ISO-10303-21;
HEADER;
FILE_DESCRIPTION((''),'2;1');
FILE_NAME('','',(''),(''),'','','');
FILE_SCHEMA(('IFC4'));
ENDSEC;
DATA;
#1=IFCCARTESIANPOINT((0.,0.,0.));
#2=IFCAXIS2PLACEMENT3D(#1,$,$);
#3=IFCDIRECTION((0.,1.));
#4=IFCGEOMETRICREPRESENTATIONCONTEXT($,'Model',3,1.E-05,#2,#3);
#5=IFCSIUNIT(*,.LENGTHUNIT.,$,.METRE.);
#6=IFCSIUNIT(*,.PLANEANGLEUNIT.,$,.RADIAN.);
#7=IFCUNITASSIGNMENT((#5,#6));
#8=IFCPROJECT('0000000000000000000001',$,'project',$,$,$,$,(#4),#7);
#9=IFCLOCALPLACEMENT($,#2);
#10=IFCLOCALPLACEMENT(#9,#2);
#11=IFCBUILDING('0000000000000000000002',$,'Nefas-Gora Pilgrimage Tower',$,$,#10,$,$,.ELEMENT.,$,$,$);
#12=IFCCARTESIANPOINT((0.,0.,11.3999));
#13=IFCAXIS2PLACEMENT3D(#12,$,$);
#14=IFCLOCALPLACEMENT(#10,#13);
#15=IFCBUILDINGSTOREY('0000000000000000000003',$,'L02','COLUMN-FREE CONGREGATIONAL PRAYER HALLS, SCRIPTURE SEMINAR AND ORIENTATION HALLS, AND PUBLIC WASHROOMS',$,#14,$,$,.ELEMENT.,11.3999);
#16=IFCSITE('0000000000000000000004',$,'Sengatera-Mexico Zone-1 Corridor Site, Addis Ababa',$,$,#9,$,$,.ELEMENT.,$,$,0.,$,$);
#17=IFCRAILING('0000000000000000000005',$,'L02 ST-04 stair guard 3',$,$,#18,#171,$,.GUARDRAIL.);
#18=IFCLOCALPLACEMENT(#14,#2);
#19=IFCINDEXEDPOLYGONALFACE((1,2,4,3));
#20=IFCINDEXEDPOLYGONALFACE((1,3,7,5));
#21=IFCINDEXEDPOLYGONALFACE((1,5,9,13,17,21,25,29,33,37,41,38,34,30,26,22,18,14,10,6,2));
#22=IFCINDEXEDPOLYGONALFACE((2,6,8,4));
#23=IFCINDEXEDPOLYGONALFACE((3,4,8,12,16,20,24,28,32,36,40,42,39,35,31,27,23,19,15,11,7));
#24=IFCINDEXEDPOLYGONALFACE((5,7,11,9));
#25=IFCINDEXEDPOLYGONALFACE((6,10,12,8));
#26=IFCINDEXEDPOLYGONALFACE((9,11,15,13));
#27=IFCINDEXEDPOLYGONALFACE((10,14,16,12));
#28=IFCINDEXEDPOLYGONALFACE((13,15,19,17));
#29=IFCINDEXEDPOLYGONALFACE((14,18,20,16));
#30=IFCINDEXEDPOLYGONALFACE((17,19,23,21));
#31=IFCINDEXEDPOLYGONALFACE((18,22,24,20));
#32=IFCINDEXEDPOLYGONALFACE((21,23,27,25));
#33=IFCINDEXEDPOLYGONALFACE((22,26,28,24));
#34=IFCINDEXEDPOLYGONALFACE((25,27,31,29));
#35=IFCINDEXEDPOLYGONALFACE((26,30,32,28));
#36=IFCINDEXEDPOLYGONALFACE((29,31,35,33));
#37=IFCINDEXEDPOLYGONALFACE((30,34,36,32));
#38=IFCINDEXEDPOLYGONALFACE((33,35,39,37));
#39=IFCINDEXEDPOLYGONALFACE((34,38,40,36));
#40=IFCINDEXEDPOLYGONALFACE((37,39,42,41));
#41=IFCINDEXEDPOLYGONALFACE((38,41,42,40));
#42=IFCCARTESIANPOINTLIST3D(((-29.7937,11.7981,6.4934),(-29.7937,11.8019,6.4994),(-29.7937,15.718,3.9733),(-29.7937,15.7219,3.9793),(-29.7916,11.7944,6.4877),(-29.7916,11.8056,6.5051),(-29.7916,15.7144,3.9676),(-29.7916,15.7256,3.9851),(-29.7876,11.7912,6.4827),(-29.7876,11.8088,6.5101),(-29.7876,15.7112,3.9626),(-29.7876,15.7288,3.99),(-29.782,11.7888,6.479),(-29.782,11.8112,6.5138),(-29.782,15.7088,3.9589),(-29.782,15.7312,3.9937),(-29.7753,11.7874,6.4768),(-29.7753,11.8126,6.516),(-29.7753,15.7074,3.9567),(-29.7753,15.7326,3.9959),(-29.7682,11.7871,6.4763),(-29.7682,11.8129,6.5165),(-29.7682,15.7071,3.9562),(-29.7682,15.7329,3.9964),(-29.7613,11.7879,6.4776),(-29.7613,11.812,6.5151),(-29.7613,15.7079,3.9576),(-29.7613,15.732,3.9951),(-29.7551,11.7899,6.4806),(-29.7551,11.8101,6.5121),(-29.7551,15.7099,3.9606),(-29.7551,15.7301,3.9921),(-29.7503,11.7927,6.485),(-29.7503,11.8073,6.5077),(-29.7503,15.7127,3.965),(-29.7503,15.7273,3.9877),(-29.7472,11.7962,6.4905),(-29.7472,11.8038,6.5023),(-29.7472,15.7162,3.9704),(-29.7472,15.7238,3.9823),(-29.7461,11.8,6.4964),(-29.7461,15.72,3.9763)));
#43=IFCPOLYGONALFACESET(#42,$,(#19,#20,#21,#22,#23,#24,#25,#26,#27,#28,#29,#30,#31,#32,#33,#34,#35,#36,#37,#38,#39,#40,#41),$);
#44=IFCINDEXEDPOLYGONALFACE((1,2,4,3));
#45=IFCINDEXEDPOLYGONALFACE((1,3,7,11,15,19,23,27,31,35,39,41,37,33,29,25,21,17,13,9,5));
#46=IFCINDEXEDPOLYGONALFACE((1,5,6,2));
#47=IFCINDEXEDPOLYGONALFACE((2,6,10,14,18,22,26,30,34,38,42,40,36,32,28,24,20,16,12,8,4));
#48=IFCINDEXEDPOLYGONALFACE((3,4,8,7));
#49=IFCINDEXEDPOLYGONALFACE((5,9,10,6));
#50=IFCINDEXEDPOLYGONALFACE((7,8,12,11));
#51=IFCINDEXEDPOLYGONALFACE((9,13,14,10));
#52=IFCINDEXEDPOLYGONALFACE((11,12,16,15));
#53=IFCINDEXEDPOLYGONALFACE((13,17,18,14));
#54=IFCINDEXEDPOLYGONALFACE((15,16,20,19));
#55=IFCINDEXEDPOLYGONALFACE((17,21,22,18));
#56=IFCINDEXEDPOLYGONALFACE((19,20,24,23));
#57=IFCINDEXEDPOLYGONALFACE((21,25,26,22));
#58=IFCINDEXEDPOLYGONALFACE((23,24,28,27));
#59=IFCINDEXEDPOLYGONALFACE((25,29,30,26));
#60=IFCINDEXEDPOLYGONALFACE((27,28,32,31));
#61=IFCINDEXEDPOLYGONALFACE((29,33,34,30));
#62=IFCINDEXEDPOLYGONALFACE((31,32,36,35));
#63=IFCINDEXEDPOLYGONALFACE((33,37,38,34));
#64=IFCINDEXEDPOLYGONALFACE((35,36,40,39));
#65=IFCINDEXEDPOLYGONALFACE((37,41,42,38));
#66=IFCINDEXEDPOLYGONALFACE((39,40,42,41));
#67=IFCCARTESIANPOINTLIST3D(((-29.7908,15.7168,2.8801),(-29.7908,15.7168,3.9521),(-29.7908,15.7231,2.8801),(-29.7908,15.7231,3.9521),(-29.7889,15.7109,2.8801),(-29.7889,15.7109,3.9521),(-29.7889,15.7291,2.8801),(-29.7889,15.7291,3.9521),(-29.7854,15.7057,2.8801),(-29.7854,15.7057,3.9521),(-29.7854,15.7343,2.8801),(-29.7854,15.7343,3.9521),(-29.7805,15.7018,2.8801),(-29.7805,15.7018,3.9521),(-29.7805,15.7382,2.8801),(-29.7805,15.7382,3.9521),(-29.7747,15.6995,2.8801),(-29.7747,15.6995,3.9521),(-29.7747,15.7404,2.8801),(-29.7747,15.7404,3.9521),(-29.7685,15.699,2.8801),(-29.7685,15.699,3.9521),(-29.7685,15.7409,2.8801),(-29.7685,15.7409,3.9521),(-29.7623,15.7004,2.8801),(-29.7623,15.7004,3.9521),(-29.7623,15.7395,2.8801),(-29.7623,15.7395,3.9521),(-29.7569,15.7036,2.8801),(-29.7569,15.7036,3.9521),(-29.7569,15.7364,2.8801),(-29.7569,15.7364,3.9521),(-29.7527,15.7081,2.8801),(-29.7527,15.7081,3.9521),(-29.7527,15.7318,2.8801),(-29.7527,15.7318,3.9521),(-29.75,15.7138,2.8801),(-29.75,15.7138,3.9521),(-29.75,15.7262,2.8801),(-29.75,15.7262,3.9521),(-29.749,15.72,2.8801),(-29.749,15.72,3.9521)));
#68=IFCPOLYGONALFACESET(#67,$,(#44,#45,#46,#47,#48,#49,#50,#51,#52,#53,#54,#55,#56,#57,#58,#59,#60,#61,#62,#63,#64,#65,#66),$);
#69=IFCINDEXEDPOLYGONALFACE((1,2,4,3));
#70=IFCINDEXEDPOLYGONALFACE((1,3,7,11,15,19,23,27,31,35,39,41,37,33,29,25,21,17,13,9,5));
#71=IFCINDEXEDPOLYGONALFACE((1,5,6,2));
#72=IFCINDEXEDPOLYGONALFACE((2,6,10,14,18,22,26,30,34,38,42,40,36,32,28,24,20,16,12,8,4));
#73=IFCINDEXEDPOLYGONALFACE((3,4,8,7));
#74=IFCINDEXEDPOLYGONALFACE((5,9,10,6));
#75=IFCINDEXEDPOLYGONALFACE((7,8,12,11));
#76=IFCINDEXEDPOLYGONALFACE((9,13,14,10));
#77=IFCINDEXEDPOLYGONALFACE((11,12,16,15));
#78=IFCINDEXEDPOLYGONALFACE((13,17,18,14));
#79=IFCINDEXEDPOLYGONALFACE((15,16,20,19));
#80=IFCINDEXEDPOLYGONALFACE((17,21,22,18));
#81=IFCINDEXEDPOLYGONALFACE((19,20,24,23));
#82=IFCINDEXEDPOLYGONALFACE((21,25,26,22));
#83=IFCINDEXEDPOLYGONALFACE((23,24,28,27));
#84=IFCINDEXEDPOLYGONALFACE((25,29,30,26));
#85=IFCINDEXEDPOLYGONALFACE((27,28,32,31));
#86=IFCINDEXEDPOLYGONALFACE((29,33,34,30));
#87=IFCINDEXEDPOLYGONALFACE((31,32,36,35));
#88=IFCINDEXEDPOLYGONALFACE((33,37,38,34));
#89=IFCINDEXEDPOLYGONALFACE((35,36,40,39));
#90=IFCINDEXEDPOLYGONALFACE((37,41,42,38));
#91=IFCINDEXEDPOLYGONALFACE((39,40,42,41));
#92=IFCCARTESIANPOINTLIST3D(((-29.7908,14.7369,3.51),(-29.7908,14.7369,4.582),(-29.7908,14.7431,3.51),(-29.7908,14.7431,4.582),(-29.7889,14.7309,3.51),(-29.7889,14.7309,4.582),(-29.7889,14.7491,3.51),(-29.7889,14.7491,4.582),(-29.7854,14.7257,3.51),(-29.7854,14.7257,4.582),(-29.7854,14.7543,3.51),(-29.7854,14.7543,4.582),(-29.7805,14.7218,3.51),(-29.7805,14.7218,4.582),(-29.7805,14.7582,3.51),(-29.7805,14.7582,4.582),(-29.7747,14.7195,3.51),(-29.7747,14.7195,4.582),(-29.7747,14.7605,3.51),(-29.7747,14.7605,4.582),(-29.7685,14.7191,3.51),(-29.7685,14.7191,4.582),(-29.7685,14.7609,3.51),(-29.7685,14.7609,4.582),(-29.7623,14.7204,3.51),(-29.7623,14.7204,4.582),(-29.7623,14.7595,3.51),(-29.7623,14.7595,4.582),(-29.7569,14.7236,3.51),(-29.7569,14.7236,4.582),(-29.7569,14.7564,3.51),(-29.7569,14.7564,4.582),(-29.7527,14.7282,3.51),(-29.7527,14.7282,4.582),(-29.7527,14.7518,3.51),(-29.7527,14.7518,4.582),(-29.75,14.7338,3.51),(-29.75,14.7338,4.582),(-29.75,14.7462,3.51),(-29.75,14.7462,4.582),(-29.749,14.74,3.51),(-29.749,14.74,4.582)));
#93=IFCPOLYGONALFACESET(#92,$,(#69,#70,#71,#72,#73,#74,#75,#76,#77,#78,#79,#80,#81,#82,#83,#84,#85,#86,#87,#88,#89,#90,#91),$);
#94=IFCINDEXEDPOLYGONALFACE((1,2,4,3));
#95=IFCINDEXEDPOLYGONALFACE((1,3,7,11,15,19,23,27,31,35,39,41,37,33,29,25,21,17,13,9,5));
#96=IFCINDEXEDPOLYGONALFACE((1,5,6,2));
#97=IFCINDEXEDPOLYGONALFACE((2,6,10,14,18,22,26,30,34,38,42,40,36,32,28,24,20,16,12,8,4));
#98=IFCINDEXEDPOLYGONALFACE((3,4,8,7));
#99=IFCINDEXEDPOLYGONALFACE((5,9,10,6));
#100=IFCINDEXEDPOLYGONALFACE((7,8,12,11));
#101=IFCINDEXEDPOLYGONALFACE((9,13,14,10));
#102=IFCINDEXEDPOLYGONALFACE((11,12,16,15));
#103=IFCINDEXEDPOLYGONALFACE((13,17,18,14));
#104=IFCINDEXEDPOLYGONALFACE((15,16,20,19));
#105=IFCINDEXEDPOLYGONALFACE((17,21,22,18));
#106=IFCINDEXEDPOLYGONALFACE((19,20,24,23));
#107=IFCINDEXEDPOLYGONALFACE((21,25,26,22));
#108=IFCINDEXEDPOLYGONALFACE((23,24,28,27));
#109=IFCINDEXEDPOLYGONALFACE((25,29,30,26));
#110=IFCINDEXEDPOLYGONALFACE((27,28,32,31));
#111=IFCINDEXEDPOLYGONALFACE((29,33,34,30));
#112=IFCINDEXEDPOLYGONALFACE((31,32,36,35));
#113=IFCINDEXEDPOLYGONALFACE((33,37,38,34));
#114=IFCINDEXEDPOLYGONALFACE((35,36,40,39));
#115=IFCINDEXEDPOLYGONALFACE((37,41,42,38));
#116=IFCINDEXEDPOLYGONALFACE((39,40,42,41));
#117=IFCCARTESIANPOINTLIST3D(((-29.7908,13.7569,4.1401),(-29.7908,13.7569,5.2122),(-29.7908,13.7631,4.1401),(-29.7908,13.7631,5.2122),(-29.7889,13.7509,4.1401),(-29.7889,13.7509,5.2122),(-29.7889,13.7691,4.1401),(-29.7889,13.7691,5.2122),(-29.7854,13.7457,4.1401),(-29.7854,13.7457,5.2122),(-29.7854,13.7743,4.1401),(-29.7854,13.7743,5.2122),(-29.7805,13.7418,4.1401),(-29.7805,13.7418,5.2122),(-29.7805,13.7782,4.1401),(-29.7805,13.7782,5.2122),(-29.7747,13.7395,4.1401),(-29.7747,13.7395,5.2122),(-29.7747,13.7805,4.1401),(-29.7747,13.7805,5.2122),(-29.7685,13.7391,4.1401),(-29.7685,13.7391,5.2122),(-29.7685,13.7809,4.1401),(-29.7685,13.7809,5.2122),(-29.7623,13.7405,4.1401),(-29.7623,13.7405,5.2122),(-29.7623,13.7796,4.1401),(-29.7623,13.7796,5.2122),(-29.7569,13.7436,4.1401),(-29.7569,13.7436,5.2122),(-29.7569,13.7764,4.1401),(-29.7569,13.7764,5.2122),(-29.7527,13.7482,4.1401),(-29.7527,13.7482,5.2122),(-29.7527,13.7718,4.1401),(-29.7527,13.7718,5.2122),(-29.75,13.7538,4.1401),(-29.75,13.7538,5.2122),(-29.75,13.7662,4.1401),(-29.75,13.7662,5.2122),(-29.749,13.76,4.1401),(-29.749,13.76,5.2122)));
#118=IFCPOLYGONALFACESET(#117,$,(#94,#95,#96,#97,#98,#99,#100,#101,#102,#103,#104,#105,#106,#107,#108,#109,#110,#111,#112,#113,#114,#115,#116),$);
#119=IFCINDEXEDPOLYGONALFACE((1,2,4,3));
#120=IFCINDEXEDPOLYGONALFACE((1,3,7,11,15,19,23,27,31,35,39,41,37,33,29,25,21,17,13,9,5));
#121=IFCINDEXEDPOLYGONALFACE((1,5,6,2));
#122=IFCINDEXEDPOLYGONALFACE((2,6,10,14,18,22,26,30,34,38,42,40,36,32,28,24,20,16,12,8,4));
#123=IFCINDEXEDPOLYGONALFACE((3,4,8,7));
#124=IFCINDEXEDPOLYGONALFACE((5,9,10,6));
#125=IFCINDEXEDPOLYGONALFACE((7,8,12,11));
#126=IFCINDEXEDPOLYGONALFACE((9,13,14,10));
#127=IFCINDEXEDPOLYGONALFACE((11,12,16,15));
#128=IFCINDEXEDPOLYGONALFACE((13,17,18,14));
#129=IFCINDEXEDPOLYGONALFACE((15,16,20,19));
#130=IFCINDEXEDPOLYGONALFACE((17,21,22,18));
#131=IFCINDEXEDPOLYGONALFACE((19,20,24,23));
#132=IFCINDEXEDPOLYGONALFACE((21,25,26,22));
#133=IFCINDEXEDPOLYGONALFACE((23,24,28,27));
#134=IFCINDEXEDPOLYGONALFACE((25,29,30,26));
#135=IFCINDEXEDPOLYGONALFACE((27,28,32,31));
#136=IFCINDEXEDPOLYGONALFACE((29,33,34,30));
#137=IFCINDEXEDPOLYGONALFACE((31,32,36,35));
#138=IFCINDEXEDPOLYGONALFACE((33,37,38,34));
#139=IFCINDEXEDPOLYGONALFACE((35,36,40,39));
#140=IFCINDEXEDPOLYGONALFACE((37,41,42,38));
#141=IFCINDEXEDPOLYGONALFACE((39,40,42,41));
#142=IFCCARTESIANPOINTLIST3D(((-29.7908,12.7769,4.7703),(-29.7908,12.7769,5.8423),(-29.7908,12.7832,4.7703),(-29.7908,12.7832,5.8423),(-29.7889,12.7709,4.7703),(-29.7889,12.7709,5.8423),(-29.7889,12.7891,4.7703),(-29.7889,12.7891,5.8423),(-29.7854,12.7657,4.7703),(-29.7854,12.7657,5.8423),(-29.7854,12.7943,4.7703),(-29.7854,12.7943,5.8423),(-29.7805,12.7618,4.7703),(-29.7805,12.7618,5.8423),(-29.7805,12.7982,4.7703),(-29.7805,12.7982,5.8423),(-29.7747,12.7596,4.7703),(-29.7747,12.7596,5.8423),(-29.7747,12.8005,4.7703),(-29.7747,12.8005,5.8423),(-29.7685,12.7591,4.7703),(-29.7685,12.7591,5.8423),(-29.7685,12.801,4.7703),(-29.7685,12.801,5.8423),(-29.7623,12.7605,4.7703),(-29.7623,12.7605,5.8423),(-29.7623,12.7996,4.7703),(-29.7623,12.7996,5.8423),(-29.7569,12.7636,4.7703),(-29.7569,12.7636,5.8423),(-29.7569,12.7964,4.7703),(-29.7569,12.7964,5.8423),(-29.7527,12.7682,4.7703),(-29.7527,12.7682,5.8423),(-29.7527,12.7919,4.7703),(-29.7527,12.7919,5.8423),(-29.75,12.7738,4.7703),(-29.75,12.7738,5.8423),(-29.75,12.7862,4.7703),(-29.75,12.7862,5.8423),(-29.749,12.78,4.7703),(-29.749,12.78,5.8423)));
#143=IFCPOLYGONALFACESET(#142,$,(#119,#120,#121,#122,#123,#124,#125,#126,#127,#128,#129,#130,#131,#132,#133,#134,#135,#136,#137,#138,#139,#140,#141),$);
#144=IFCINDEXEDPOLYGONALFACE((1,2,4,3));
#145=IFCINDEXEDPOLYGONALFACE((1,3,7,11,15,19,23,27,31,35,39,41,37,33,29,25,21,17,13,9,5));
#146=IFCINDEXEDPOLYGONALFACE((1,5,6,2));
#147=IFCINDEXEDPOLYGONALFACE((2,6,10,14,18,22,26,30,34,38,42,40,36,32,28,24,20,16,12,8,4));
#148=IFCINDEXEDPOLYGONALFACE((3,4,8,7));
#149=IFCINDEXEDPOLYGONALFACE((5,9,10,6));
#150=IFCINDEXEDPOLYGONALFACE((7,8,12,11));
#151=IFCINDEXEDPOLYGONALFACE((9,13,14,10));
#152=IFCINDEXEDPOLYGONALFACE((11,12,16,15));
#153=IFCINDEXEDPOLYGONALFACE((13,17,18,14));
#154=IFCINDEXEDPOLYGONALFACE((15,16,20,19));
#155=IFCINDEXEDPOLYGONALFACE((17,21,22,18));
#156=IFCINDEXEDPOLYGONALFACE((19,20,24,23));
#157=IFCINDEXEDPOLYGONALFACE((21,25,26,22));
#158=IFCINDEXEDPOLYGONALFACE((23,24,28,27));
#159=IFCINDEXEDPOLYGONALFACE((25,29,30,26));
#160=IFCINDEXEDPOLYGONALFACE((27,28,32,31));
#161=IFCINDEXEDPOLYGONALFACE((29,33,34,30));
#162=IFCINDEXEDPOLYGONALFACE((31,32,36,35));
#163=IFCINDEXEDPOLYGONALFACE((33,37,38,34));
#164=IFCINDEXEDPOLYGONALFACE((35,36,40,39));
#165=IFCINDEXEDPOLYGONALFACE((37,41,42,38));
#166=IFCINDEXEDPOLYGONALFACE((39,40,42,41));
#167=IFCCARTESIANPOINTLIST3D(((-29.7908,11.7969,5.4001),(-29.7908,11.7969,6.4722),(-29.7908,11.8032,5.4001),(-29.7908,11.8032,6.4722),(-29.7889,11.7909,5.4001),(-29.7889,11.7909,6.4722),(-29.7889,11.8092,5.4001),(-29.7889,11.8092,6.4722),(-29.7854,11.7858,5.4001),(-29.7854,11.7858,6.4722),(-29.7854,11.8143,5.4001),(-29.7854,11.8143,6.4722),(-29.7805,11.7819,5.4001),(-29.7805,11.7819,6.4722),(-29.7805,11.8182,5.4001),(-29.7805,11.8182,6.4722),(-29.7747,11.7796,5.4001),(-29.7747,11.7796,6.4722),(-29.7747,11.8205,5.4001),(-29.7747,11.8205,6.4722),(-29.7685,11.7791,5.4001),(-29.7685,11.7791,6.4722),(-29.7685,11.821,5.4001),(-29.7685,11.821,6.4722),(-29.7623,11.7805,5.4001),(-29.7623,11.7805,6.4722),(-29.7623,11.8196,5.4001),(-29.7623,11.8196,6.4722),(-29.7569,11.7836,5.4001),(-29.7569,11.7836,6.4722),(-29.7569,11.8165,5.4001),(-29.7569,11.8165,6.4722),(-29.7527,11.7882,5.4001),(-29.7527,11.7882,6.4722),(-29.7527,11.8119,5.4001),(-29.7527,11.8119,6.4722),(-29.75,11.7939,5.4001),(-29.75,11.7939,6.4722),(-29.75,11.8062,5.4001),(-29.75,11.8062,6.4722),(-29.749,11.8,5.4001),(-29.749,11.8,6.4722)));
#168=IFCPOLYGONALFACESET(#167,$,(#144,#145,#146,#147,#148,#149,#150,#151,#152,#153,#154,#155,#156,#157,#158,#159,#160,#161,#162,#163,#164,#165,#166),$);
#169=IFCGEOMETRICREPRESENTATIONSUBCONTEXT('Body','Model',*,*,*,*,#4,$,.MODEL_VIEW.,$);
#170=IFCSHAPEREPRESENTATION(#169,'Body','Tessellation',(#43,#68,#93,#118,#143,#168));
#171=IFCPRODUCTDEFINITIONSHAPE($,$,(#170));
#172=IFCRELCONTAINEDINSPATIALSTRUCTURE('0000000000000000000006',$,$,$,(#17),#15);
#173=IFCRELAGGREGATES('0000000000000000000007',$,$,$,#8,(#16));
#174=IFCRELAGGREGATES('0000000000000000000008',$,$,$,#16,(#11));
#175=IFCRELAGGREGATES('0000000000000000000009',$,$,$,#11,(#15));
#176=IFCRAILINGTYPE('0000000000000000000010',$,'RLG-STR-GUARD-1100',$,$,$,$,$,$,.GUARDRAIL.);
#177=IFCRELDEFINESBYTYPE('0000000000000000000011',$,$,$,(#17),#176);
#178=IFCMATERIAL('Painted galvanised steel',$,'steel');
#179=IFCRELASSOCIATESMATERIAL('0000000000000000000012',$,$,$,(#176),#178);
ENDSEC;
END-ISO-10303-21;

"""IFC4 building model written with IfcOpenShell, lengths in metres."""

from ifc_helpers import new_model, si_unit, direction, frame, origin, origin_2d, place, context, subcontext, project, spatial, circle, extrude, material, type_object, element, save


model = new_model("IFC4")

# Units and contexts
model_context = context("Model", 3, precision=1e-05, world=origin(), true_north=direction((0.0, 1.0)))
body_context = subcontext(model_context, "Body", "Model", "MODEL_VIEW")
ifc_project = project(units=[si_unit("LENGTHUNIT", "METRE"), si_unit("PLANEANGLEUNIT", "RADIAN")], contexts=[model_context])

# Site, building, storey
site_placement = place(None, origin())
site = spatial("IfcSite", under=ifc_project, at=site_placement, Name="Sengatera-Mexico Zone-1 Corridor Site, Addis Ababa", CompositionType="ELEMENT", RefElevation=0.0)
building_placement = place(site_placement, origin())
building = spatial("IfcBuilding", under=site, at=building_placement, Name="Nefas-Gora Pilgrimage Tower", CompositionType="ELEMENT")
storey_placement = place(building_placement, frame((0.0, 0.0, 11.3999)))
storey = spatial("IfcBuildingStorey", under=building, at=storey_placement, Name="L02", Description="COLUMN-FREE CONGREGATIONAL PRAYER HALLS, SCRIPTURE SEMINAR AND ORIENTATION HALLS, AND PUBLIC WASHROOMS", CompositionType="ELEMENT", Elevation=11.3999)

# Railing
ifc_material_1 = material(Name="Painted galvanised steel", Category="steel")
railing_type_1 = type_object("IfcRailingType", Name="RLG-STR-GUARD-1100", PredefinedType="GUARDRAIL", material=ifc_material_1)
railing_1_placement = place(storey_placement, frame((-29.77, 15.72, 2.8801)))
element("IfcRailing", 1, at=railing_1_placement, inside=storey, type_object=railing_type_1, Name="L02 ST-04 stair guard 3", PredefinedType="GUARDRAIL", context=body_context, shape_type="SweptSolid", body=[
    extrude(circle(Radius=0.0239, at=origin_2d()), frame((0.0, 0.0, 1.0962), z_axis=(0.0, -0.841172, 0.540768), x_axis=(1.0, 0.0, 0.0)), (0.0, 0.0, 1.0), 4.6602),
    extrude(circle(Radius=0.021, at=origin_2d()), origin(), (0.0, 0.0, 1.0), 1.072),
    extrude(circle(Radius=0.021, at=origin_2d()), frame((0.0, -0.98, 0.6299)), (0.0, 0.0, 1.0), 1.072),
    extrude(circle(Radius=0.021, at=origin_2d()), frame((0.0, -1.96, 1.26)), (0.0, 0.0, 1.0), 1.072),
    extrude(circle(Radius=0.021, at=origin_2d()), frame((0.0, -2.9399, 1.8901)), (0.0, 0.0, 1.0), 1.072),
    extrude(circle(Radius=0.021, at=origin_2d()), frame((0.0, -3.9199, 2.52)), (0.0, 0.0, 1.0), 1.072),
])

save(model, "model.ifc")
